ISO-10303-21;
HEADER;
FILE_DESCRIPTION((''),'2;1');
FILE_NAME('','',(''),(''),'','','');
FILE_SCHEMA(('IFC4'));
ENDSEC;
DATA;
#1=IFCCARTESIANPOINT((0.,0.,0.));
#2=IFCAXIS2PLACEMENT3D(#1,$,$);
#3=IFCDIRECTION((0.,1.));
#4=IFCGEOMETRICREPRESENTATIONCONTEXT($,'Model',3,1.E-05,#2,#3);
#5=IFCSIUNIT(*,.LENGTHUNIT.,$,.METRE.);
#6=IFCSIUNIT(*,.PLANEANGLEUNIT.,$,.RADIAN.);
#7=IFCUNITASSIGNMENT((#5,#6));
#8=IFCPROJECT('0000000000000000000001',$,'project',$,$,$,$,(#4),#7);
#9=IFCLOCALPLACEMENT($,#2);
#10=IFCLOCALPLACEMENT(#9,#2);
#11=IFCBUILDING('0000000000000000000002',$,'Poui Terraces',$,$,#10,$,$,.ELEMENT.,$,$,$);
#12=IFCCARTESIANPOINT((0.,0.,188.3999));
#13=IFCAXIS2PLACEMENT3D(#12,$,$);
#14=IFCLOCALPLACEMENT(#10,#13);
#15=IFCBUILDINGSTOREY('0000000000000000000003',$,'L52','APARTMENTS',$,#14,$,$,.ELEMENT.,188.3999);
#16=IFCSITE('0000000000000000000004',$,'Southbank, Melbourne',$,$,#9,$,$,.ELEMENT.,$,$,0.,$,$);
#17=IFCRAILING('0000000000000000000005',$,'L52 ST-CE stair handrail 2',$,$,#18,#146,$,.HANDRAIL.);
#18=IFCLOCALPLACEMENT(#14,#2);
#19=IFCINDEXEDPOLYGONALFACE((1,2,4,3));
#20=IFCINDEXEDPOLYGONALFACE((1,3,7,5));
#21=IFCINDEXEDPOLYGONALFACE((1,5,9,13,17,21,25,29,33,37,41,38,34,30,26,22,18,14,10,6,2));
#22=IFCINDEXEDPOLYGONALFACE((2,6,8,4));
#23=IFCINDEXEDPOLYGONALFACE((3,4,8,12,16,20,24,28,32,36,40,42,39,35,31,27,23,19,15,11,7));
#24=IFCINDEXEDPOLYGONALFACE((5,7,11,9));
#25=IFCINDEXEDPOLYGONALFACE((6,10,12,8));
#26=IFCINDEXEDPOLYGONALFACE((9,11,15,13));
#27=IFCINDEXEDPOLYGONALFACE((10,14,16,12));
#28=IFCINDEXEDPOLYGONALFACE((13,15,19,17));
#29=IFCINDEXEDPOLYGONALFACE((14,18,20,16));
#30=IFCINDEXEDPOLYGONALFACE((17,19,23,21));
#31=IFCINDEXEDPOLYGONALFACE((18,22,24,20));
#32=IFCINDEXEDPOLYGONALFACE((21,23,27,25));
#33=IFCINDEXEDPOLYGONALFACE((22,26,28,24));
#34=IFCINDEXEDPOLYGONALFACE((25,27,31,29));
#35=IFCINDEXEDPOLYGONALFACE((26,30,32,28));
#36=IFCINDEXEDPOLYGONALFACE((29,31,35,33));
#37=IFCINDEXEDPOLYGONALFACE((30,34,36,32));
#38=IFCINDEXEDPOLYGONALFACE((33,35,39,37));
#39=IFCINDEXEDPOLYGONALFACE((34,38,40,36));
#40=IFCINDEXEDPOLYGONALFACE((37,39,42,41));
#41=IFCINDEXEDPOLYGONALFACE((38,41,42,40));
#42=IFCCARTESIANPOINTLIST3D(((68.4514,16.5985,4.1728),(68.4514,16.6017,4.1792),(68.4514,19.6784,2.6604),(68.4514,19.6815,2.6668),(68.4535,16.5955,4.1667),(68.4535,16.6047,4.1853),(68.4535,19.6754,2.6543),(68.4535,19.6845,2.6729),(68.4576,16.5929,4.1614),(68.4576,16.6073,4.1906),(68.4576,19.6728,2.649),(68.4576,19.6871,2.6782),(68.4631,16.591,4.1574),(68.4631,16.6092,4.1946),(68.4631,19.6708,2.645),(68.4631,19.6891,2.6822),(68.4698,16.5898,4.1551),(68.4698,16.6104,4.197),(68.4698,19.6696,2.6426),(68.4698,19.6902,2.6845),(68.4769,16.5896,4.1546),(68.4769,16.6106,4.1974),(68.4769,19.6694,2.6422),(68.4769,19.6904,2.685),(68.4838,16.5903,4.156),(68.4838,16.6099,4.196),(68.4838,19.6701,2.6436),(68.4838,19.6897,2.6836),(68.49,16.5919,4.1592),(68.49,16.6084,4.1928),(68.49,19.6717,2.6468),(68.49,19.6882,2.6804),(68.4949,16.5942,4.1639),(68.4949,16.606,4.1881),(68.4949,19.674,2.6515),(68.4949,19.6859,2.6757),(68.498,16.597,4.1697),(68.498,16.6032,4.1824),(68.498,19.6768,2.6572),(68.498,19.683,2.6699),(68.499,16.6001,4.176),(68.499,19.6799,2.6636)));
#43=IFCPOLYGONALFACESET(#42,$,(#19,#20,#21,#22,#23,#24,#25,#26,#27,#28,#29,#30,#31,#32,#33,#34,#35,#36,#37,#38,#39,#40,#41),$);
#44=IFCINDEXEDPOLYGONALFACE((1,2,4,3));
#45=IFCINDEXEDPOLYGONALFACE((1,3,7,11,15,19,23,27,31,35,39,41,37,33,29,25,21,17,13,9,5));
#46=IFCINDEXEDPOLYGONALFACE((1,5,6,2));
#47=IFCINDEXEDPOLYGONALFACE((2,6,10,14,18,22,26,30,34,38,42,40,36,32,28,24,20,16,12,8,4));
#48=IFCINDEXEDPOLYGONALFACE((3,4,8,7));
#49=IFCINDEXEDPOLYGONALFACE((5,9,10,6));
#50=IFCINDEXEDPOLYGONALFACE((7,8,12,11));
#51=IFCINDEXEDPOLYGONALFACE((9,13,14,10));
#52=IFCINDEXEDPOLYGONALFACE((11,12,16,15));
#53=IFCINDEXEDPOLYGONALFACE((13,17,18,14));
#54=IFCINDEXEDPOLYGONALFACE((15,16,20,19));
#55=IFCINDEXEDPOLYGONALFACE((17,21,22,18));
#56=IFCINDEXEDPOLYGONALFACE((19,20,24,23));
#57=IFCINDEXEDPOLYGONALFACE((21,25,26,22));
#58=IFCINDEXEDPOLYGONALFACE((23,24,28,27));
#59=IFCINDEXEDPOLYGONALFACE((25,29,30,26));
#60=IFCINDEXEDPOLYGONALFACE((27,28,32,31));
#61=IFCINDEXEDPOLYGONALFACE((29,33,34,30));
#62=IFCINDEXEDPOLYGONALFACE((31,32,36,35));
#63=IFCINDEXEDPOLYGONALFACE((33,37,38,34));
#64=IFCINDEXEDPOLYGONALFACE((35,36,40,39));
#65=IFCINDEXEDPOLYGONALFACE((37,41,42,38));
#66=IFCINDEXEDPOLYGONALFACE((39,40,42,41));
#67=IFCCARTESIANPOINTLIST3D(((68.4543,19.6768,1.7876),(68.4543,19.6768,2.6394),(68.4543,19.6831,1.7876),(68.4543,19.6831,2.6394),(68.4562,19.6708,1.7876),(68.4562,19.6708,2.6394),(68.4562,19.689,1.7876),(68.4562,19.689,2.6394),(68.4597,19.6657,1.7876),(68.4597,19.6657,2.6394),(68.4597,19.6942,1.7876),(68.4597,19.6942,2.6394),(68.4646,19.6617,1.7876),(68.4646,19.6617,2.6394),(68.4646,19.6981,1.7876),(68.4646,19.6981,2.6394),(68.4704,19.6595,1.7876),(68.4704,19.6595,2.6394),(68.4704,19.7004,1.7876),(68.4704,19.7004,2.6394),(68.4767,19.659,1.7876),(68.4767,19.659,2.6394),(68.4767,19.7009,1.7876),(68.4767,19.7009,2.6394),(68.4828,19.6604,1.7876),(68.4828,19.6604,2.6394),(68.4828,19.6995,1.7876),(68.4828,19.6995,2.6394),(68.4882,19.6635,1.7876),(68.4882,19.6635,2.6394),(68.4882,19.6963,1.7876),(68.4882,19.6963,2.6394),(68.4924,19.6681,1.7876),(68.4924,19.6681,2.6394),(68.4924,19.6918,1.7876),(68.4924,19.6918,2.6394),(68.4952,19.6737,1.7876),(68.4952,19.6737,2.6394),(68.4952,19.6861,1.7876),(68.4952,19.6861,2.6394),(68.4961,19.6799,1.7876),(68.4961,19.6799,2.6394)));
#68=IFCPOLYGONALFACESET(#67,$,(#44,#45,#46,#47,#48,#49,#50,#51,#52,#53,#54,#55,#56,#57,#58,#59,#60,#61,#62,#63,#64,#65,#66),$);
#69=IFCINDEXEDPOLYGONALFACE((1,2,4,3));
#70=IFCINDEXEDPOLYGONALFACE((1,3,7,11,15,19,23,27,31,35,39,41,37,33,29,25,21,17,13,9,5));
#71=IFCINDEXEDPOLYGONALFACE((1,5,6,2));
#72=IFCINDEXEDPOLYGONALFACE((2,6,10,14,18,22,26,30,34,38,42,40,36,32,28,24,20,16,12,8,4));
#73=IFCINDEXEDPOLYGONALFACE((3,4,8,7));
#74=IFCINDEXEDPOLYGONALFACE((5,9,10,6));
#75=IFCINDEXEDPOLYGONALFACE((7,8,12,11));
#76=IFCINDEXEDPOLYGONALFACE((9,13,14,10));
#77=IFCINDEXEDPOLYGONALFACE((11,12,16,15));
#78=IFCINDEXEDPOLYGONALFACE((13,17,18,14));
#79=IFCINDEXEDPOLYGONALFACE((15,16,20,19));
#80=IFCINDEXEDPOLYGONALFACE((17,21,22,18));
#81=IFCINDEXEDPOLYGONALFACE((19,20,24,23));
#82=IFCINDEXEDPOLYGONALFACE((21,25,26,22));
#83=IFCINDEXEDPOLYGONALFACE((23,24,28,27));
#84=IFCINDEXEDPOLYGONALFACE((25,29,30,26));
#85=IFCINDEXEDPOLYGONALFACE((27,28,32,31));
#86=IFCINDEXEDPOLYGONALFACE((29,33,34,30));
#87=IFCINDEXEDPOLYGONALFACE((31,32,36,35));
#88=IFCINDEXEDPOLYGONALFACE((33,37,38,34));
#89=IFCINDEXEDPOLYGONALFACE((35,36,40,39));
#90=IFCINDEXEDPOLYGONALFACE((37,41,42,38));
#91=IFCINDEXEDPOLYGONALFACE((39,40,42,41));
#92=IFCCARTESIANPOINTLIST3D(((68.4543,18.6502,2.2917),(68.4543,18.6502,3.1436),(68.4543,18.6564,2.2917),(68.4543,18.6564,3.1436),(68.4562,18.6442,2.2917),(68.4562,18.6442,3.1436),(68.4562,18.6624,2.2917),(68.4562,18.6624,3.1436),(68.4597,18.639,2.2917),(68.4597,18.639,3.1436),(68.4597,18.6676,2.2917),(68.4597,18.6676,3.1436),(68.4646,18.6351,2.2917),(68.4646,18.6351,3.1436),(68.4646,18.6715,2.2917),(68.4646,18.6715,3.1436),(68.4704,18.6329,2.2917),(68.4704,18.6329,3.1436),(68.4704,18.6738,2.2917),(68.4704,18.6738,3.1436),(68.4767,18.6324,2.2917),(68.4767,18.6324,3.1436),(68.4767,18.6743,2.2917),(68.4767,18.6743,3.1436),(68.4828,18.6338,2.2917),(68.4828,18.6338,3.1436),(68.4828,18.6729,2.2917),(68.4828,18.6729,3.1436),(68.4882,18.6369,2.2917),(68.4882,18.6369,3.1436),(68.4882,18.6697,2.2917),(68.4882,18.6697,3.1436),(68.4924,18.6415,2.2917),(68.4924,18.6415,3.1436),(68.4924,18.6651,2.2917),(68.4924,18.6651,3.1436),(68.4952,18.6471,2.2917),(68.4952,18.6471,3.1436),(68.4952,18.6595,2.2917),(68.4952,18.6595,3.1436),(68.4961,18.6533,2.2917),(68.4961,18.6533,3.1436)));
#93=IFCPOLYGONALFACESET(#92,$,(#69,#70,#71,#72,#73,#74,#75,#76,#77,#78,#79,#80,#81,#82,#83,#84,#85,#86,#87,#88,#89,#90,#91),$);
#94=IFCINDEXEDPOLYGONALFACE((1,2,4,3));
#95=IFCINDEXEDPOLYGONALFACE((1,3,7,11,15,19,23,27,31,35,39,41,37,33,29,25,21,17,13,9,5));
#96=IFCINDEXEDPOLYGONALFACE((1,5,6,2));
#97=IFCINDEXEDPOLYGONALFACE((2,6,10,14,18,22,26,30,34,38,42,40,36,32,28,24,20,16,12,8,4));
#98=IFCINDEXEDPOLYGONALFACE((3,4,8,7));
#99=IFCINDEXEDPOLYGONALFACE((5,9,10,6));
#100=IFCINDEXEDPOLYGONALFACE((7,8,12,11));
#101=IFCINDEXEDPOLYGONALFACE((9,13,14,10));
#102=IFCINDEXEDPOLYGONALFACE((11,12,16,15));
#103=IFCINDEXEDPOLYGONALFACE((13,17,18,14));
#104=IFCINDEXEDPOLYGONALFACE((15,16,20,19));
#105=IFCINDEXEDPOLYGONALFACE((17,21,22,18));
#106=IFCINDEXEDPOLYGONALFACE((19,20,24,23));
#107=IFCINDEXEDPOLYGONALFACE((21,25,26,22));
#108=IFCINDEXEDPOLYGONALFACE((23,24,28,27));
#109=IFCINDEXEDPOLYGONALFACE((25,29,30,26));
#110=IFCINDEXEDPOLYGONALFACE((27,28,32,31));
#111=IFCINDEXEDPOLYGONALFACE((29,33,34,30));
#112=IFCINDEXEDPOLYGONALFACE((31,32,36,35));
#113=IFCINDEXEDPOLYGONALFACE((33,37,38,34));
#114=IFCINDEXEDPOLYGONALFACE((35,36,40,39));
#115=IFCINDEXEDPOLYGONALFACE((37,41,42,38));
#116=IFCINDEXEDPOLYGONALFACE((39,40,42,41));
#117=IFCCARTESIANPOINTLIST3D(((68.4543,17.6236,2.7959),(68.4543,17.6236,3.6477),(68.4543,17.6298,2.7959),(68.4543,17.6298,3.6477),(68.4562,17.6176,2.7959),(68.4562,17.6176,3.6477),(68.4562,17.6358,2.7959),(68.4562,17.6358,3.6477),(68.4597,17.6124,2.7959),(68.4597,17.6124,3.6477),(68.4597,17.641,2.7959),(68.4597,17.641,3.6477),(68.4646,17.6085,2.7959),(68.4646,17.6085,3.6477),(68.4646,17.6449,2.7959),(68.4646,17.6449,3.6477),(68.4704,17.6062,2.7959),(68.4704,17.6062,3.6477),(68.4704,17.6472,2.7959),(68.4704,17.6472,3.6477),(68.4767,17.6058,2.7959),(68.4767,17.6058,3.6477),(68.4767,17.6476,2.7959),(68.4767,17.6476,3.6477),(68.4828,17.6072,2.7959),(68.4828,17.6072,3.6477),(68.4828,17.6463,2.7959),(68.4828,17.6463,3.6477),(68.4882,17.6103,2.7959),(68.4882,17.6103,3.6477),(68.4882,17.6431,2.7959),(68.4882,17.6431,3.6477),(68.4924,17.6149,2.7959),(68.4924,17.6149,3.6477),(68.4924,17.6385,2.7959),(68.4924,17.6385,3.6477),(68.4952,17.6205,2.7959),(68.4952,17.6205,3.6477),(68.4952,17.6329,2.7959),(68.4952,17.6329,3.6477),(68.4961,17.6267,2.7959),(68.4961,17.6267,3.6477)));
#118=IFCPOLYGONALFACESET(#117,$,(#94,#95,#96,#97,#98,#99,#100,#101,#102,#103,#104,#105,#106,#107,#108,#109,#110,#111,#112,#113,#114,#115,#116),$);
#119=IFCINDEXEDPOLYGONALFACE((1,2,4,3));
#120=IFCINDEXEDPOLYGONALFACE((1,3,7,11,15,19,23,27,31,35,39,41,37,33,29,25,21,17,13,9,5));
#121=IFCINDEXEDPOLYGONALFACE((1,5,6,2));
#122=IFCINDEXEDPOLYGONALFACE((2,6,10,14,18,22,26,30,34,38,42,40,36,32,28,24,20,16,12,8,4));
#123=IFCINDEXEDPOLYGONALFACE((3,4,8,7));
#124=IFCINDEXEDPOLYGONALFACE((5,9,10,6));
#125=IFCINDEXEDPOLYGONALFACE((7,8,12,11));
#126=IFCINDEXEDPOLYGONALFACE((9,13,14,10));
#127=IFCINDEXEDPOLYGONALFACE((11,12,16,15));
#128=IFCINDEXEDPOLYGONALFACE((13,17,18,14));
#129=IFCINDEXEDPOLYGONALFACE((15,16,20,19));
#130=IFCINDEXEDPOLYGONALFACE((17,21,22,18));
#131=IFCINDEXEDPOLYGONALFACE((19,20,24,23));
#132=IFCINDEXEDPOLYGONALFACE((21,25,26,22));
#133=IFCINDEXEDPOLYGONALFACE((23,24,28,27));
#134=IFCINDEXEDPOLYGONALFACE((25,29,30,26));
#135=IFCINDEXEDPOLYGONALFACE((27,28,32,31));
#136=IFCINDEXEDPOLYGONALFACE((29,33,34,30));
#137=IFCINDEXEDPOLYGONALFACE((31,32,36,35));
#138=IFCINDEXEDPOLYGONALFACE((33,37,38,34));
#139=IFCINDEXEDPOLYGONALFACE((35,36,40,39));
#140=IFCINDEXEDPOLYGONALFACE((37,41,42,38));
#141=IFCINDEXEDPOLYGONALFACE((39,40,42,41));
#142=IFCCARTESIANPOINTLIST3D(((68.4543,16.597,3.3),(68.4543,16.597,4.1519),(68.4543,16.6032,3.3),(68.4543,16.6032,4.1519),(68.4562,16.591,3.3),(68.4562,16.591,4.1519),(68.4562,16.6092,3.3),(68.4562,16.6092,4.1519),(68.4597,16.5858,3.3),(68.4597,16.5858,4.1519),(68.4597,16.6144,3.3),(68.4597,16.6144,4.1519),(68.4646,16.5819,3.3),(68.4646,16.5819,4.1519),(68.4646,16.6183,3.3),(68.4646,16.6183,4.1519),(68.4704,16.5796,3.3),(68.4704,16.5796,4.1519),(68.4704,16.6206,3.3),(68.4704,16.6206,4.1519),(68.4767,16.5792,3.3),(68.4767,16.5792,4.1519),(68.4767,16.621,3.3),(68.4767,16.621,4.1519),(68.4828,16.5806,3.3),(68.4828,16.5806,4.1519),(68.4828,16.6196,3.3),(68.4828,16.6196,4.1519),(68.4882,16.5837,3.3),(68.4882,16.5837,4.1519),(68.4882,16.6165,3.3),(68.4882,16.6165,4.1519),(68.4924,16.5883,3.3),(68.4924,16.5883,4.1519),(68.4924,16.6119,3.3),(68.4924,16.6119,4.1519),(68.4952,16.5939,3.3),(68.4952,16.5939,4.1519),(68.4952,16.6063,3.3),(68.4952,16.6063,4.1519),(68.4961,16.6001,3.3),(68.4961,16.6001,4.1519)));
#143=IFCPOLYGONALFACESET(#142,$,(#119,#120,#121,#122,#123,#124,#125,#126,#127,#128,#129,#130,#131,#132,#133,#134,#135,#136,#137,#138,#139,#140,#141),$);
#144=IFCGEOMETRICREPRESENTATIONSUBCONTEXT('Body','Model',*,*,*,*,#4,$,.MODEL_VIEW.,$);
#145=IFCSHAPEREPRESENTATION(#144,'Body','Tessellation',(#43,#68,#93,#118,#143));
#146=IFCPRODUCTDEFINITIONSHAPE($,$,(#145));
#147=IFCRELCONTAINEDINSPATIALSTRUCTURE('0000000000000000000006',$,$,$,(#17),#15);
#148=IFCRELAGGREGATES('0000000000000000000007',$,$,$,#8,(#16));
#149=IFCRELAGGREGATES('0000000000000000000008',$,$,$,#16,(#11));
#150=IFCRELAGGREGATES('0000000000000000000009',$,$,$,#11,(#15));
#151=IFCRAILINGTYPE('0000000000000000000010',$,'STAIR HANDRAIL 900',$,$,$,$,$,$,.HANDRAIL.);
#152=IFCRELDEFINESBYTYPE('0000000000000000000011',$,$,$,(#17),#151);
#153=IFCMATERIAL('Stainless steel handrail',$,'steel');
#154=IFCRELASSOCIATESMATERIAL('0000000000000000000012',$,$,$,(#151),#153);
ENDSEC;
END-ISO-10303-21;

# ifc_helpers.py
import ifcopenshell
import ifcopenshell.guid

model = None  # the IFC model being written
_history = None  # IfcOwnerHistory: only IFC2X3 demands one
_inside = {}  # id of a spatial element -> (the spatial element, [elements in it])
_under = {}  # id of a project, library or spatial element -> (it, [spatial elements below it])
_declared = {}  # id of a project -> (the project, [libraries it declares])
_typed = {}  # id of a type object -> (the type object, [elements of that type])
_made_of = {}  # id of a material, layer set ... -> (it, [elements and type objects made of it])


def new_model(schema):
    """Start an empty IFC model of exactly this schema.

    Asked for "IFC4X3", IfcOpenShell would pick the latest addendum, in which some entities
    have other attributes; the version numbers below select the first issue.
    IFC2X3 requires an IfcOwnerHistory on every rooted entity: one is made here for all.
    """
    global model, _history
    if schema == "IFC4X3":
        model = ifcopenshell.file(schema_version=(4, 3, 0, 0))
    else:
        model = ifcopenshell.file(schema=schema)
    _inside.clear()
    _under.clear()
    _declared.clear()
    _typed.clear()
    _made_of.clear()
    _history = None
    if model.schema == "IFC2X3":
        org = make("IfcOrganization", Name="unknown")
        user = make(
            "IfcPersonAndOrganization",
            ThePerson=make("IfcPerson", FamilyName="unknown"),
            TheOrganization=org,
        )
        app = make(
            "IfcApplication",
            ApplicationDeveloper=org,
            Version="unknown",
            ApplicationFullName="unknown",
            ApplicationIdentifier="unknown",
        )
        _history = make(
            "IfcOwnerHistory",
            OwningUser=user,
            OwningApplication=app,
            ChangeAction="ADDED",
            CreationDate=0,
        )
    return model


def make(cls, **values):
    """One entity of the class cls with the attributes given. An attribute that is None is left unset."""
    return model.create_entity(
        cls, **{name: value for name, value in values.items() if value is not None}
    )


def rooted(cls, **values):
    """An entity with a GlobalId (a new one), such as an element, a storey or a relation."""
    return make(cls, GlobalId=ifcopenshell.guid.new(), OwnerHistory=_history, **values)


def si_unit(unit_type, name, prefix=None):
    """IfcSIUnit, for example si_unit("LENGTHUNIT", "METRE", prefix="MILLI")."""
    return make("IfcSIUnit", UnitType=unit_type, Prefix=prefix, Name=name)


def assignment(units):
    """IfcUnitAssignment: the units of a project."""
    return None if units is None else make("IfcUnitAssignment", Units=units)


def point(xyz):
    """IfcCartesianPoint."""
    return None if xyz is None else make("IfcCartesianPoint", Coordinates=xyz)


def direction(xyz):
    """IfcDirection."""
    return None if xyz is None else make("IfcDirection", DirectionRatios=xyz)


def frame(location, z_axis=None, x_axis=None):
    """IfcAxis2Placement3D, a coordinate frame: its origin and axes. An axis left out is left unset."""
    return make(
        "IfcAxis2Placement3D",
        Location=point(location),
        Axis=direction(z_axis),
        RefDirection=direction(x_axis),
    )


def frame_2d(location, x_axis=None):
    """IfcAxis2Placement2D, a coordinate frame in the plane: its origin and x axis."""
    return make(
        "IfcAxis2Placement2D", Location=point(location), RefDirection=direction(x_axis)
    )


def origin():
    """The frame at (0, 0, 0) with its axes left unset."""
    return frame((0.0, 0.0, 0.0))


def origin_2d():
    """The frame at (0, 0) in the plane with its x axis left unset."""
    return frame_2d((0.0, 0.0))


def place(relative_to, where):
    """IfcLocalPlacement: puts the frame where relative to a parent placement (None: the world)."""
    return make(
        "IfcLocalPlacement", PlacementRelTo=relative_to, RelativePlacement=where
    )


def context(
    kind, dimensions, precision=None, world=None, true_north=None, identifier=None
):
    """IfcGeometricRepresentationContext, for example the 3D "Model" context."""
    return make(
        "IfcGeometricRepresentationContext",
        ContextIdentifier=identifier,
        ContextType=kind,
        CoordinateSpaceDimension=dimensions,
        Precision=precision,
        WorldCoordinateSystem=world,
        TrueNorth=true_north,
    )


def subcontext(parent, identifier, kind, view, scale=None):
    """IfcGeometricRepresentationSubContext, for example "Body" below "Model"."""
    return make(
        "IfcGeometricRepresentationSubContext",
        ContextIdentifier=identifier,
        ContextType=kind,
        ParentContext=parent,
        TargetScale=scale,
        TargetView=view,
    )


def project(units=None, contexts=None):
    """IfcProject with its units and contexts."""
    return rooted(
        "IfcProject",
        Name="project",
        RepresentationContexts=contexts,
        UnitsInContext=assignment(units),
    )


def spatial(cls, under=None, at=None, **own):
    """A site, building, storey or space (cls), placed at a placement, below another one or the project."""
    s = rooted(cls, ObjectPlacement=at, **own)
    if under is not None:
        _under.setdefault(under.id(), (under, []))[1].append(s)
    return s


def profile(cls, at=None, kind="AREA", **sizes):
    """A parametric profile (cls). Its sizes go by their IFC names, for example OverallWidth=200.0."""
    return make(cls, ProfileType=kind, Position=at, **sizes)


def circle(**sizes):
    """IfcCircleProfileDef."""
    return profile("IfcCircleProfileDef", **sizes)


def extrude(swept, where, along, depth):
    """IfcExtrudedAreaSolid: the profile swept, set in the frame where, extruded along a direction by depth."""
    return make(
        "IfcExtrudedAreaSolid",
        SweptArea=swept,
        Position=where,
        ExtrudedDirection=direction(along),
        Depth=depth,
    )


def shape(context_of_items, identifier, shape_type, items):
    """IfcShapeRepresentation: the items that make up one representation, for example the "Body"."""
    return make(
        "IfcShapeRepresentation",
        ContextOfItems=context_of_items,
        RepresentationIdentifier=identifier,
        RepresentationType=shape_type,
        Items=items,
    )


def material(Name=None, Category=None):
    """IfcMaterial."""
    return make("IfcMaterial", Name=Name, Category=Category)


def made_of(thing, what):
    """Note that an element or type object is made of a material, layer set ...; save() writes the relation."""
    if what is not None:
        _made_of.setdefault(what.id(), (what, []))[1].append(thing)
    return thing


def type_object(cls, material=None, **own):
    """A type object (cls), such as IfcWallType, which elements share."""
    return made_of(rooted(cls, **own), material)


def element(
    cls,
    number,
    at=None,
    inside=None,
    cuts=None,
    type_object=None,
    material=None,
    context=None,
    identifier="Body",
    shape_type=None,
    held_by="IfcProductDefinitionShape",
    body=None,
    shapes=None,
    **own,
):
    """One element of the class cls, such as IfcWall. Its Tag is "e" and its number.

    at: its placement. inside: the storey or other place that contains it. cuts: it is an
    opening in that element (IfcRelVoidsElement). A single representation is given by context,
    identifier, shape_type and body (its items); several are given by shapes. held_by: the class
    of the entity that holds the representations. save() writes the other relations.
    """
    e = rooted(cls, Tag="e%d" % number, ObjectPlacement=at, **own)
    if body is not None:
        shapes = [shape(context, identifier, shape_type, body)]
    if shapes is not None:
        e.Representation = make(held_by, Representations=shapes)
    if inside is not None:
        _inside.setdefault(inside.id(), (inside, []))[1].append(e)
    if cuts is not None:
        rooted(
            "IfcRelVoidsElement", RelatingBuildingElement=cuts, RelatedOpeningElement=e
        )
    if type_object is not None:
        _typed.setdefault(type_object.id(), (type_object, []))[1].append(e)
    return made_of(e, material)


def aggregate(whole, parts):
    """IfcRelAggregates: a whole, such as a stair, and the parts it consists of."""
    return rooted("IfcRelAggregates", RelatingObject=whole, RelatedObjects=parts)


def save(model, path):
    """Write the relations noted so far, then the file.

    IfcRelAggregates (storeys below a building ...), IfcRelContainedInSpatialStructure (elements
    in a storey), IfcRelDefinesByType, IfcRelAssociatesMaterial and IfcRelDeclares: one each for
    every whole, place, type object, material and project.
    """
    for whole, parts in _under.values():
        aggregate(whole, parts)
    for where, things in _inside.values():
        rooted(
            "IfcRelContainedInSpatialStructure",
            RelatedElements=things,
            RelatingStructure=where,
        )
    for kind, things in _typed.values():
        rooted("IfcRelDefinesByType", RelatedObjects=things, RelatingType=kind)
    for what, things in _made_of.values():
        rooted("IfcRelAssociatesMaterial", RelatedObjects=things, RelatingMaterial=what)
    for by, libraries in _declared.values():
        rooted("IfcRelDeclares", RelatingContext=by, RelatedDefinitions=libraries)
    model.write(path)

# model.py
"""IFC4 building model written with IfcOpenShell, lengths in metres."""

from ifc_helpers import new_model, si_unit, direction, frame, origin, origin_2d, place, context, subcontext, project, spatial, circle, extrude, material, type_object, element, save


model = new_model("IFC4")

# Units and contexts
model_context = context("Model", 3, precision=1e-05, world=origin(), true_north=direction((0.0, 1.0)))
body_context = subcontext(model_context, "Body", "Model", "MODEL_VIEW")
ifc_project = project(units=[si_unit("LENGTHUNIT", "METRE"), si_unit("PLANEANGLEUNIT", "RADIAN")], contexts=[model_context])

# Site, building, storey
site_placement = place(None, origin())
site = spatial("IfcSite", under=ifc_project, at=site_placement, Name="Southbank, Melbourne", CompositionType="ELEMENT", RefElevation=0.0)
building_placement = place(site_placement, origin())
building = spatial("IfcBuilding", under=site, at=building_placement, Name="Poui Terraces", CompositionType="ELEMENT")
storey_placement = place(building_placement, frame((0.0, 0.0, 188.3999)))
storey = spatial("IfcBuildingStorey", under=building, at=storey_placement, Name="L52", Description="APARTMENTS", CompositionType="ELEMENT", Elevation=188.3999)

# Railing
ifc_material_1 = material(Name="Stainless steel handrail", Category="steel")
railing_type_1 = type_object("IfcRailingType", Name="STAIR HANDRAIL 900", PredefinedType="HANDRAIL", material=ifc_material_1)
railing_1_placement = place(storey_placement, frame((68.4751, 19.6799, 1.7876)))
element("IfcRailing", 1, at=railing_1_placement, inside=storey, type_object=railing_type_1, Name="L52 ST-CE stair handrail 2", PredefinedType="HANDRAIL", context=body_context, shape_type="SweptSolid", body=[
    extrude(circle(Radius=0.0239, at=origin_2d()), frame((0.0, 0.0, 0.876), z_axis=(0.0, -0.897606, 0.440798), x_axis=(1.0, 0.0, 0.0)), (0.0, 0.0, 1.0), 3.4312),
    extrude(circle(Radius=0.021, at=origin_2d()), origin(), (0.0, 0.0, 1.0), 0.8518),
    extrude(circle(Radius=0.021, at=origin_2d()), frame((0.0, -1.0266, 0.5042)), (0.0, 0.0, 1.0), 0.8518),
    extrude(circle(Radius=0.021, at=origin_2d()), frame((0.0, -2.0532, 1.0083)), (0.0, 0.0, 1.0), 0.8518),
    extrude(circle(Radius=0.021, at=origin_2d()), frame((0.0, -3.0798, 1.5125)), (0.0, 0.0, 1.0), 0.8518),
])

save(model, "model.ifc")
